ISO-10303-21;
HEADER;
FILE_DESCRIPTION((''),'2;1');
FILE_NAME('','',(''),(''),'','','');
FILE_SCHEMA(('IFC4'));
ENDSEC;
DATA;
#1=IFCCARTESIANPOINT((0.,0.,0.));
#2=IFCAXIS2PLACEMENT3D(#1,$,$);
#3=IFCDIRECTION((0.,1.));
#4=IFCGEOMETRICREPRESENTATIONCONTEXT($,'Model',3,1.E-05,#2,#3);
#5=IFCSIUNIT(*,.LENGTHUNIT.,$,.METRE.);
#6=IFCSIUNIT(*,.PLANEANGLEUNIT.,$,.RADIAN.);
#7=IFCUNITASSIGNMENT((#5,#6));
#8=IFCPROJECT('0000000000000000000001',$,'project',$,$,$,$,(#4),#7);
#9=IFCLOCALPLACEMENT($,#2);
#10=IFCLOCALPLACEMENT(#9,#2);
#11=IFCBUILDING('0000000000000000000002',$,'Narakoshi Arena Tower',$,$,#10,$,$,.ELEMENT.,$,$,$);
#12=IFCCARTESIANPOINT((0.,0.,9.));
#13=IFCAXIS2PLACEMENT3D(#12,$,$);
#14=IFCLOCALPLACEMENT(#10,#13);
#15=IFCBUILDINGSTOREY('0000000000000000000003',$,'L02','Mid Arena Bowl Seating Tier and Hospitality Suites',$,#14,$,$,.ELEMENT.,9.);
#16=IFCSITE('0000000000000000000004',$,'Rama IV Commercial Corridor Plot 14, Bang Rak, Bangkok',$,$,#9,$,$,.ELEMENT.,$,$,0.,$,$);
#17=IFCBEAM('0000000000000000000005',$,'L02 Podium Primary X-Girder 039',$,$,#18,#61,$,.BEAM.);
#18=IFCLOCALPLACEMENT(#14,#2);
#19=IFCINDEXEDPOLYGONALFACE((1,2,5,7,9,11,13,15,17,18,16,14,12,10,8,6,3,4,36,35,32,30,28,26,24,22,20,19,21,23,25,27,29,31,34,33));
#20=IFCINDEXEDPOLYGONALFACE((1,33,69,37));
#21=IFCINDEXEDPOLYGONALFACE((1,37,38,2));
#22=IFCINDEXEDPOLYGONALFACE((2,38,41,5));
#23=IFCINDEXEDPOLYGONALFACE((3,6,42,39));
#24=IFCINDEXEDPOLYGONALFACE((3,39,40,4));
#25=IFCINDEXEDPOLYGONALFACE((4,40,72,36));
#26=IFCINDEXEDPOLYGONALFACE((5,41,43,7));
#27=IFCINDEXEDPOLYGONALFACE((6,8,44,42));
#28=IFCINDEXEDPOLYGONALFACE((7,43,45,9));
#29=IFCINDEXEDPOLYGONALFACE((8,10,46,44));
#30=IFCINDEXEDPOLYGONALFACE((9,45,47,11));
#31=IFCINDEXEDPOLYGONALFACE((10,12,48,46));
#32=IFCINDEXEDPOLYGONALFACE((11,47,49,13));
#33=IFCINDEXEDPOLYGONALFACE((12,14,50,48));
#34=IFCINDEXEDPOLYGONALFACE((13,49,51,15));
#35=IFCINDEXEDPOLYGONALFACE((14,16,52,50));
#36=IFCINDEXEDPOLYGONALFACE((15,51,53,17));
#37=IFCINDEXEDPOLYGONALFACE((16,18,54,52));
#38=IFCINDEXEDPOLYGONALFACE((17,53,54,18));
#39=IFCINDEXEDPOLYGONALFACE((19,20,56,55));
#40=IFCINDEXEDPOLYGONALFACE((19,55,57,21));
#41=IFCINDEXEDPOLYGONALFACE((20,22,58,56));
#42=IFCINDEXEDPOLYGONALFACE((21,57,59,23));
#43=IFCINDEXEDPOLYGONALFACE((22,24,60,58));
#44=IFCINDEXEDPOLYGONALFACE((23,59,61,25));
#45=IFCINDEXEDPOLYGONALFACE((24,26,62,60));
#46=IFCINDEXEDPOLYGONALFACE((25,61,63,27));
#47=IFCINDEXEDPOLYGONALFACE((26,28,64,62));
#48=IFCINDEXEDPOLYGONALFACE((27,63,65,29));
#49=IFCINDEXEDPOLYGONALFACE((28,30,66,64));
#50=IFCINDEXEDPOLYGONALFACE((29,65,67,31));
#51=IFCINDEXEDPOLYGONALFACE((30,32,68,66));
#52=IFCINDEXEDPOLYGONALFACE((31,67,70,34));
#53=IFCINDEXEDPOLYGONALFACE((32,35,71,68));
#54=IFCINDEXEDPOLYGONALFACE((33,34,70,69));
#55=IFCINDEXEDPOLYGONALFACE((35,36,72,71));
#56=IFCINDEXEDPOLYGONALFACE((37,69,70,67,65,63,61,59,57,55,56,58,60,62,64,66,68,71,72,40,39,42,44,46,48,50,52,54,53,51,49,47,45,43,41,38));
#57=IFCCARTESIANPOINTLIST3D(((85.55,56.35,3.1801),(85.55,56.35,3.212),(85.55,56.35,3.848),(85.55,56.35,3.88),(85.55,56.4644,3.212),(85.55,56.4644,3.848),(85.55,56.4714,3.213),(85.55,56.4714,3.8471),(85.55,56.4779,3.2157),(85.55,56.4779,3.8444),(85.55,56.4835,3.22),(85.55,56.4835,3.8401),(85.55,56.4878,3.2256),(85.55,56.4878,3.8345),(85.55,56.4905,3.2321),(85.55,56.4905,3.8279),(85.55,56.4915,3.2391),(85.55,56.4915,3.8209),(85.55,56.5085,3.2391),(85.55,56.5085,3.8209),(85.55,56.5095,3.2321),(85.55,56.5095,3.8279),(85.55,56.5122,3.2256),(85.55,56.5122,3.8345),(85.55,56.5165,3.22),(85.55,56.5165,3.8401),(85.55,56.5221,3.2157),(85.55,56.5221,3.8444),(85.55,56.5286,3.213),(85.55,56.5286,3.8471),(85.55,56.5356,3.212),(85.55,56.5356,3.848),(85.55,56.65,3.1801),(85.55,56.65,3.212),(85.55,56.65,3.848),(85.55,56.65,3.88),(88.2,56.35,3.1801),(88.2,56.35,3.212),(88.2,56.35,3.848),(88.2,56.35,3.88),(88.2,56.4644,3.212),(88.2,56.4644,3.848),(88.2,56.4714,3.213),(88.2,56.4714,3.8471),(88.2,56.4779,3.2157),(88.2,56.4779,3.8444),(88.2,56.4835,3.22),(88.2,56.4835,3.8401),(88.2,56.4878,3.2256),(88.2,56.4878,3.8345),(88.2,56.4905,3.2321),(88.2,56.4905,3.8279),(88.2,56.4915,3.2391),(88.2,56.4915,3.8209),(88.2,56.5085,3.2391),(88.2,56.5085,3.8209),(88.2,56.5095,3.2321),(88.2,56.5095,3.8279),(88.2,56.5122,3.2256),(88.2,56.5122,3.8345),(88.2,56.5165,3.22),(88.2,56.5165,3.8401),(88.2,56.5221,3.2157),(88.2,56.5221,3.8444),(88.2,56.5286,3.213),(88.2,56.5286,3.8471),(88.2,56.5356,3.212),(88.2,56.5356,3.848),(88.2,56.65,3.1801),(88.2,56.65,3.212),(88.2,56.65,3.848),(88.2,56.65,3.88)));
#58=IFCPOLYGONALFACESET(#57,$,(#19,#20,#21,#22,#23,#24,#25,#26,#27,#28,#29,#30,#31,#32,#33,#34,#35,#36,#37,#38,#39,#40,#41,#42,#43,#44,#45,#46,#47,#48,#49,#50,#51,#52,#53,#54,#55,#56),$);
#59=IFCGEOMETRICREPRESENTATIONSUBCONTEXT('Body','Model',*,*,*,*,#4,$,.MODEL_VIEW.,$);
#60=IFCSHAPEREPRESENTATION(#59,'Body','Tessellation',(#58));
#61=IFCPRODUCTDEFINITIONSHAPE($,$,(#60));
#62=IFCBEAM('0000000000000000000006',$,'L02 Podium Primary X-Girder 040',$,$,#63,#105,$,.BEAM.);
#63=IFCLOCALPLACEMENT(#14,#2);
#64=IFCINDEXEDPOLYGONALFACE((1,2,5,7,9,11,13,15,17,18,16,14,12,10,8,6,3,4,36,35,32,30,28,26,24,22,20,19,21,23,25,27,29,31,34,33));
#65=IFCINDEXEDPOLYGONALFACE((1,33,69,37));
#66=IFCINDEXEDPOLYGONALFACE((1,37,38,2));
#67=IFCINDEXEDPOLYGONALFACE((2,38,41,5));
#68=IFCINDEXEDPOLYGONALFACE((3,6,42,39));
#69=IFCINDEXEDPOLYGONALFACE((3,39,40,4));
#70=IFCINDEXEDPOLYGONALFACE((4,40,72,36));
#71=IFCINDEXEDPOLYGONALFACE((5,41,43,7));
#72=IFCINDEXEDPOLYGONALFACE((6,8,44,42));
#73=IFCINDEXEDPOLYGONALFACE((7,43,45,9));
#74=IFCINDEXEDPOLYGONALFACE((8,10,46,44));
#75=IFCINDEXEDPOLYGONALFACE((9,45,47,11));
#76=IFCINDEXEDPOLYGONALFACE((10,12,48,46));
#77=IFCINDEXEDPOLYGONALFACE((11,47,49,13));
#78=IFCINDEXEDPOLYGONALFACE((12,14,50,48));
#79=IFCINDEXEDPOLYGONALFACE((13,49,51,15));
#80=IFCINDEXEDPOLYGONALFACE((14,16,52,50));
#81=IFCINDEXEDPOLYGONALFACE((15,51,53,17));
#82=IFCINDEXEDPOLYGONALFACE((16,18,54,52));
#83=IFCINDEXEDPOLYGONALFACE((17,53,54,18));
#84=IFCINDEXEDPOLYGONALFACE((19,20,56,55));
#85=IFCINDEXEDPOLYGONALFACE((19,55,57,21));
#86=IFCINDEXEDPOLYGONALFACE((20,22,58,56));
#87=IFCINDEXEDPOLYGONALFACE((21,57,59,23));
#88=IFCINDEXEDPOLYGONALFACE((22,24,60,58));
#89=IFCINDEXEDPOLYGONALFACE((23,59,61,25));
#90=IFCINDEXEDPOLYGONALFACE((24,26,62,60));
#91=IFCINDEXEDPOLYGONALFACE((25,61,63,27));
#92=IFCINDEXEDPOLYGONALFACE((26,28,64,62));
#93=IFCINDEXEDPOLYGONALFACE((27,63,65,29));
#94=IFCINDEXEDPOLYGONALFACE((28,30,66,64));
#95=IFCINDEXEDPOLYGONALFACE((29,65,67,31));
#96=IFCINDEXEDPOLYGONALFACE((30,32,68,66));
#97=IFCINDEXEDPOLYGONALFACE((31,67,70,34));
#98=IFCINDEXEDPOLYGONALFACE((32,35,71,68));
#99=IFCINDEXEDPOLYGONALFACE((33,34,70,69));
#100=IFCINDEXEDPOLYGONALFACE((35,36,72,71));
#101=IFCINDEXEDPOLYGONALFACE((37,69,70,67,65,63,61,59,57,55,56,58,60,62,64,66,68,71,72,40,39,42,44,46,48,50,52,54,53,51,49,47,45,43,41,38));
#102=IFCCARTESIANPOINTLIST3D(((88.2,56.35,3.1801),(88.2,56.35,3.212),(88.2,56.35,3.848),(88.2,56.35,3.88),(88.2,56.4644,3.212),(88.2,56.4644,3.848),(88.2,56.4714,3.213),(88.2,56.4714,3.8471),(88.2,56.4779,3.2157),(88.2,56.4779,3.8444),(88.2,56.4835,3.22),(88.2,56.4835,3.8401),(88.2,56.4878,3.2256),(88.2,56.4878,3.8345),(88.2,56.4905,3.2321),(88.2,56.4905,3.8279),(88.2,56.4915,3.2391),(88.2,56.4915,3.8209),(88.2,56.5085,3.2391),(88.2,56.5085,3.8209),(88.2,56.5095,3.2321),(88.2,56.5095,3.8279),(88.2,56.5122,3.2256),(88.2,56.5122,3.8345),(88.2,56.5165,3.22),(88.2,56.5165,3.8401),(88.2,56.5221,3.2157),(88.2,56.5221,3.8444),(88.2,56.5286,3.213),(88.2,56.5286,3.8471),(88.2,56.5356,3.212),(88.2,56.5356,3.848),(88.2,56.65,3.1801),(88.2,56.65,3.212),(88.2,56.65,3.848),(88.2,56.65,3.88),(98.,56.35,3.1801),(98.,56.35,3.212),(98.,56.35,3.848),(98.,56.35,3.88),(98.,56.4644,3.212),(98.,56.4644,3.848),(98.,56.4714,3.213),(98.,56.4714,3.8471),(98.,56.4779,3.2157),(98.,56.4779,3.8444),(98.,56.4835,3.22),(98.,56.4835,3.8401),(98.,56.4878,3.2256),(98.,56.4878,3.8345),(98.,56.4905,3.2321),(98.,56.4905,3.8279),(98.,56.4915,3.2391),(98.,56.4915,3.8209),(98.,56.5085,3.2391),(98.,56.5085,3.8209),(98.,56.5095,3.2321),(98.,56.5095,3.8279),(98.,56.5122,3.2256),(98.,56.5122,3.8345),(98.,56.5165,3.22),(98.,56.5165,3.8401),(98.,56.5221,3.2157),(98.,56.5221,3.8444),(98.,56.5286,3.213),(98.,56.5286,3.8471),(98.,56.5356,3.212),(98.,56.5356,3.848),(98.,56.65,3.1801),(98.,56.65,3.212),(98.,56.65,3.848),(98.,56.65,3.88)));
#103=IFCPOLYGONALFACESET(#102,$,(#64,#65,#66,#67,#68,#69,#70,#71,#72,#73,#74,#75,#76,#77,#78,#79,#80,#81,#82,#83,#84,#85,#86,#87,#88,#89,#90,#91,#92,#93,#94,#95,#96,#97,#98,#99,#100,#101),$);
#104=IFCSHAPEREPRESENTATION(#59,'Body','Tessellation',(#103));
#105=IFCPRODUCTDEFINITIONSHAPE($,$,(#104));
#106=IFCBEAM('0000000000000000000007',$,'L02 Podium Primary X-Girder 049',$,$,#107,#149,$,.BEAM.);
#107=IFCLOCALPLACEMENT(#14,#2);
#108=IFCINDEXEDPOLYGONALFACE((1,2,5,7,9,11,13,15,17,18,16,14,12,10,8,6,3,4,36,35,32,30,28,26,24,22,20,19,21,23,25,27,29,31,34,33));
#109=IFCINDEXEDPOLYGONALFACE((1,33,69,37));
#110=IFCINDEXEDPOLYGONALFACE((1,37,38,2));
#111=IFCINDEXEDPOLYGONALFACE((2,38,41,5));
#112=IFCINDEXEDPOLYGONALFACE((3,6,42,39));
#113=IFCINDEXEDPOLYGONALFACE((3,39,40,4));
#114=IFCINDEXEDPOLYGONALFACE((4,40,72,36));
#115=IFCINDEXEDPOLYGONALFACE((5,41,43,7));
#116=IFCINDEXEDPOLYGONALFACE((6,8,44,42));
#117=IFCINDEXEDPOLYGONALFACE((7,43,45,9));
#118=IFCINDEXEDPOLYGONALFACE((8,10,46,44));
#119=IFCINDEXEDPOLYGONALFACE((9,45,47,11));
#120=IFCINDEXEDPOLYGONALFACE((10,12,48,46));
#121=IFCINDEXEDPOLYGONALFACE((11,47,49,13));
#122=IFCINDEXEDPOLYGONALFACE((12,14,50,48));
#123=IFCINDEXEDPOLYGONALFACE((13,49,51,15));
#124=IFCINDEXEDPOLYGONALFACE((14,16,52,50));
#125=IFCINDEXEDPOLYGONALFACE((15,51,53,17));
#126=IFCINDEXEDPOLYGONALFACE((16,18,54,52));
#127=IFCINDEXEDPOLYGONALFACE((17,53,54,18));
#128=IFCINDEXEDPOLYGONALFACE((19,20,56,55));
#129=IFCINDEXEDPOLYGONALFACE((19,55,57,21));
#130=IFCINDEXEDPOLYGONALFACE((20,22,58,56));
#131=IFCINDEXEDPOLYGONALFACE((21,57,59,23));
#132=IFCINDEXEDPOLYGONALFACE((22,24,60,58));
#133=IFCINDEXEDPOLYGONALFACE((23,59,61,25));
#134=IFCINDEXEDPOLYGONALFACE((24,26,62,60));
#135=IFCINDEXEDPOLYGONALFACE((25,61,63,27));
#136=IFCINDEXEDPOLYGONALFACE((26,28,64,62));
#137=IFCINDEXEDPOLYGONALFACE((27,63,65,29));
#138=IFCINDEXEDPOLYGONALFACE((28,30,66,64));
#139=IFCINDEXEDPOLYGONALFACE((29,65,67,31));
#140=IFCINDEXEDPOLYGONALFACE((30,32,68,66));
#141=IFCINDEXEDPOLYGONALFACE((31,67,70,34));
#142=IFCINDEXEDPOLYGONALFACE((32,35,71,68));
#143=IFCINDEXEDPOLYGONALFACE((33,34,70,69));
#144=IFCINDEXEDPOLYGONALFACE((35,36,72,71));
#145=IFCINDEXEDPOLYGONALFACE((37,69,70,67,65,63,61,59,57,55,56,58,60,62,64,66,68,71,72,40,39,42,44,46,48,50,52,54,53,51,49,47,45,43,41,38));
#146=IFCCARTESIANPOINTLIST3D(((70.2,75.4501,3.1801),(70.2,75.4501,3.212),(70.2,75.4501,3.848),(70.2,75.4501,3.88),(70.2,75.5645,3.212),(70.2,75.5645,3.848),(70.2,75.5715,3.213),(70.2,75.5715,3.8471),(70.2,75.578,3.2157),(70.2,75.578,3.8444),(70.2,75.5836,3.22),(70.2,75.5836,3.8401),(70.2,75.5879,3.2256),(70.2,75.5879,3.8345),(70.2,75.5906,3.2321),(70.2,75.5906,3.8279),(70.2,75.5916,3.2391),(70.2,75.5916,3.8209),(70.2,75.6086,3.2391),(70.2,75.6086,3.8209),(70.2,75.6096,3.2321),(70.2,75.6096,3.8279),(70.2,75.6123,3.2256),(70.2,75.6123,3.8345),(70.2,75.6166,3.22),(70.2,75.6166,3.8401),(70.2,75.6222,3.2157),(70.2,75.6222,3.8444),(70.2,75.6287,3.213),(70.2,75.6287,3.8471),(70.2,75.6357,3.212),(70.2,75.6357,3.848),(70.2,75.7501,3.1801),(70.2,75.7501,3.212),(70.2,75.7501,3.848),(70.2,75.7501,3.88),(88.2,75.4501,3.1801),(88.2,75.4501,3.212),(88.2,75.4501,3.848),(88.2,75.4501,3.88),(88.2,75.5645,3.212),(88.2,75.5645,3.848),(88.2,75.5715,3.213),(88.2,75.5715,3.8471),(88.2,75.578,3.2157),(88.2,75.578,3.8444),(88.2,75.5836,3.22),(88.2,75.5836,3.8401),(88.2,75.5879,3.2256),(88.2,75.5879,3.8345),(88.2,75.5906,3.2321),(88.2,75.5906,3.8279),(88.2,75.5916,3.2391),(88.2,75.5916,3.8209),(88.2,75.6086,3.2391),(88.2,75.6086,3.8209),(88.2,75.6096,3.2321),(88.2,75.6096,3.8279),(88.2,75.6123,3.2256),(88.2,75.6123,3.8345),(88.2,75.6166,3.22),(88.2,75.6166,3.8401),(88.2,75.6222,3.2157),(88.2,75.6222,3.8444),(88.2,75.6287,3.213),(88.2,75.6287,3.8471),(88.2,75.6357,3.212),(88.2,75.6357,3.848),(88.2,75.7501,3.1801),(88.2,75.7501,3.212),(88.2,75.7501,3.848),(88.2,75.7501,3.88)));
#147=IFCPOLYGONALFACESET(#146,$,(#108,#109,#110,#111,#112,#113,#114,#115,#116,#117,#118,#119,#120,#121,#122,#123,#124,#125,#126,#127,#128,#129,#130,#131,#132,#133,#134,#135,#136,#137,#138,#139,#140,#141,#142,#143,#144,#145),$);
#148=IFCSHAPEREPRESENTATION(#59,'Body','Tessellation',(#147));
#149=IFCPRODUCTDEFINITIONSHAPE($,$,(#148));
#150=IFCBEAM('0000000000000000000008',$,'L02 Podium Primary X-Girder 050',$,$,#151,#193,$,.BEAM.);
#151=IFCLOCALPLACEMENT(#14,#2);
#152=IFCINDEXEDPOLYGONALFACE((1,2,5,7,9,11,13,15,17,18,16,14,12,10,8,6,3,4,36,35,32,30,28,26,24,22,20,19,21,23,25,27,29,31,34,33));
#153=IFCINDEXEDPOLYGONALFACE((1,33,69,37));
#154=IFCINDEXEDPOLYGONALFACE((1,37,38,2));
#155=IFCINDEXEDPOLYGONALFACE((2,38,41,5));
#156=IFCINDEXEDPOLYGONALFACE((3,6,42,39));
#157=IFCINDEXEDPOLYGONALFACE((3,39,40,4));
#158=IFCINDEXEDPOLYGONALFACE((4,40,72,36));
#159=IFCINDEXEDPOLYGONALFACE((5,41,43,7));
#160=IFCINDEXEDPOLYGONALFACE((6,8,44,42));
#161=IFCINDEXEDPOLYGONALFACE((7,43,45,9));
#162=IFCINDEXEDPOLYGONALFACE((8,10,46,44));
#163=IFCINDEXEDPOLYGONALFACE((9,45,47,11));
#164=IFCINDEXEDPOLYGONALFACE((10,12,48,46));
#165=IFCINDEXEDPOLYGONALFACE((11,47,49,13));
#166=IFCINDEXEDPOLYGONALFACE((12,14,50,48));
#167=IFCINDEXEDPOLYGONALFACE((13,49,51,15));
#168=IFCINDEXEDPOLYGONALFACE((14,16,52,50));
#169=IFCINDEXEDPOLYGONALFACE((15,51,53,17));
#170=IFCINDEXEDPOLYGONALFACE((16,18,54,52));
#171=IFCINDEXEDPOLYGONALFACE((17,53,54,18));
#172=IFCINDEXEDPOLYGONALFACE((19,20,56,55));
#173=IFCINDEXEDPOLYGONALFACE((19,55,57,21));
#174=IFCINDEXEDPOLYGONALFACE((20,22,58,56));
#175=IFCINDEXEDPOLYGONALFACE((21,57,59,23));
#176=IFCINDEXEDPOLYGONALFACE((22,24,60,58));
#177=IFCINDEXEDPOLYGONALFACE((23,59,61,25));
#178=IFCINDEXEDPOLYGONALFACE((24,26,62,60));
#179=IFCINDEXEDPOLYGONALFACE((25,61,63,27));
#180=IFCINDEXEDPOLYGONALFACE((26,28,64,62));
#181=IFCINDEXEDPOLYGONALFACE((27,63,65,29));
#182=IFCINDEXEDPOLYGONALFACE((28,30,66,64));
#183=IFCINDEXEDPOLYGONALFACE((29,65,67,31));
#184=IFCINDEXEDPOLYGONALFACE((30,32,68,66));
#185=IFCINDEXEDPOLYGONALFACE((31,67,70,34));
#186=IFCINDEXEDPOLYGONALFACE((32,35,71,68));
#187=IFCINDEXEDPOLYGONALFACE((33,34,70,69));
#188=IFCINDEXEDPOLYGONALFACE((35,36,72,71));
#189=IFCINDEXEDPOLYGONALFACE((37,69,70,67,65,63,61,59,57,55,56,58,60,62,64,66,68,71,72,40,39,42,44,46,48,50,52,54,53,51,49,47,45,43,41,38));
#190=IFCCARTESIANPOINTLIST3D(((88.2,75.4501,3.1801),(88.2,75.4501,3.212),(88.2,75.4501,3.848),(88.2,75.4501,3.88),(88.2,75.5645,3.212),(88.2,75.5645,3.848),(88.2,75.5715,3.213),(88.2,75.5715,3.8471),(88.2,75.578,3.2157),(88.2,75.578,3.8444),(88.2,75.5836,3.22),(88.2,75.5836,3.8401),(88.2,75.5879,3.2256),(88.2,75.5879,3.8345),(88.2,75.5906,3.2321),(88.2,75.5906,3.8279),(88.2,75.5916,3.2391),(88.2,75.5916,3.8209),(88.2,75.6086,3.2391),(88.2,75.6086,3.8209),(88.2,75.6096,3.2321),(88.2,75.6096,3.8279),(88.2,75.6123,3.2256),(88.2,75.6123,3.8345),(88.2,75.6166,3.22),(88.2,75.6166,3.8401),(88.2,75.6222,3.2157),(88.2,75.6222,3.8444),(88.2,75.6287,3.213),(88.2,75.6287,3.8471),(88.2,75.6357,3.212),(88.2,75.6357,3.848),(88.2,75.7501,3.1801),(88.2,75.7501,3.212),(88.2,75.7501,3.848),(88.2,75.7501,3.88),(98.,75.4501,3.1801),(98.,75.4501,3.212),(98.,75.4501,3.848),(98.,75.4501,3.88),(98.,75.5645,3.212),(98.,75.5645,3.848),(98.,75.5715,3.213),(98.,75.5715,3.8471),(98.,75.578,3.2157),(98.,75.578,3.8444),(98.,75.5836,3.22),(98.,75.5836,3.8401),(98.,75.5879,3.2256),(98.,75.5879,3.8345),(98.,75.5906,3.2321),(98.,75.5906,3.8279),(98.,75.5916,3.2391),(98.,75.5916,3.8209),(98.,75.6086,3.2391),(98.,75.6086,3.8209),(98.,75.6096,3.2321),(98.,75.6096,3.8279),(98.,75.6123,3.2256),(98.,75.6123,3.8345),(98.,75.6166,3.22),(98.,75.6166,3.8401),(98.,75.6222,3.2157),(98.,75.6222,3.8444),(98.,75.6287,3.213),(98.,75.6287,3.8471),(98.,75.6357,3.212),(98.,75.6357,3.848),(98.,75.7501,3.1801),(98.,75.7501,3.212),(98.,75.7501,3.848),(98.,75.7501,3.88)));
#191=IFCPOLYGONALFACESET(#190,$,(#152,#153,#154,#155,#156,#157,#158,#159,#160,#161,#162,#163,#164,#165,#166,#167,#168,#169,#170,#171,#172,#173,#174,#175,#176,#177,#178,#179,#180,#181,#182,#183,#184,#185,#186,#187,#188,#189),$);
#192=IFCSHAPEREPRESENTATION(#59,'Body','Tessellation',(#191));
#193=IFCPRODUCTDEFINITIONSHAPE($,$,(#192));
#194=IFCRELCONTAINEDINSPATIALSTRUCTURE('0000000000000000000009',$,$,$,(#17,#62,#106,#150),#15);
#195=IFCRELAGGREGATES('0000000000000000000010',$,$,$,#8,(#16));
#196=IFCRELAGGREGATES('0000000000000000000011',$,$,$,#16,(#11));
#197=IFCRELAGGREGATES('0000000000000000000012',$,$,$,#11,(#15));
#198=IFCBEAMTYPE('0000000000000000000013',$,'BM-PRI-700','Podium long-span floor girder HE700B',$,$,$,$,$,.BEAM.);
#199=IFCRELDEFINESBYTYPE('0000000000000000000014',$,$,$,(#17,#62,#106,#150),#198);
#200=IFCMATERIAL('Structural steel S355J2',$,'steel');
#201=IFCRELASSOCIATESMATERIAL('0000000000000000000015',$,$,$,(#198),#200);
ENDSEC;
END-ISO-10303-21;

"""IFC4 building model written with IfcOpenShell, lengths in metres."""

from ifc_helpers import new_model, si_unit, direction, frame, origin, origin_2d, place, context, subcontext, project, spatial, i_section, extrude, material, material_profile, profile_set, type_object, element, save


model = new_model("IFC4")

# Units and contexts
model_context = context("Model", 3, precision=1e-05, world=origin(), true_north=direction((0.0, 1.0)))
body_context = subcontext(model_context, "Body", "Model", "MODEL_VIEW")
ifc_project = project(units=[si_unit("LENGTHUNIT", "METRE"), si_unit("PLANEANGLEUNIT", "RADIAN")], contexts=[model_context])

# Site, building, storey
site_placement = place(None, origin())
site = spatial("IfcSite", under=ifc_project, at=site_placement, Name="Rama IV Commercial Corridor Plot 14, Bang Rak, Bangkok", CompositionType="ELEMENT", RefElevation=0.0)
building_placement = place(site_placement, origin())
building = spatial("IfcBuilding", under=site, at=building_placement, Name="Narakoshi Arena Tower", CompositionType="ELEMENT")
storey_placement = place(building_placement, frame((0.0, 0.0, 9.0)))
storey = spatial("IfcBuildingStorey", under=building, at=storey_placement, Name="L02", Description="Mid Arena Bowl Seating Tier and Hospitality Suites", CompositionType="ELEMENT", Elevation=9.0)

# Beams
ifc_material_1 = material(Name="Structural steel S355J2", Category="steel")
ifc_material_profile_1 = material_profile(ifc_material_1, i_section(OverallWidth=0.3, OverallDepth=0.7, WebThickness=0.0171, FlangeThickness=0.032, FilletRadius=0.0271, at=origin_2d()), Name="HE700B")
ifc_profile_set_1 = profile_set([ifc_material_profile_1], Name="Structural steel S355J2")
beam_type_1 = type_object("IfcBeamType", Name="BM-PRI-700", Description="Podium long-span floor girder HE700B", PredefinedType="BEAM", material=ifc_profile_set_1)
beam_1_placement = place(storey_placement, frame((85.55, 56.5, 3.53), z_axis=(1.0, 0.0, 0.0), x_axis=(0.0, 1.0, 0.0)))
element("IfcBeam", 1, at=beam_1_placement, inside=storey, type_object=beam_type_1, Name="L02 Podium Primary X-Girder 039", PredefinedType="BEAM", context=body_context, shape_type="SweptSolid", body=[
    extrude(i_section(OverallWidth=0.3, OverallDepth=0.7, WebThickness=0.0171, FlangeThickness=0.032, FilletRadius=0.0271, at=origin_2d()), origin(), (0.0, 0.0, 1.0), 2.6499),
])
beam_2_placement = place(storey_placement, frame((88.2, 56.5, 3.53), z_axis=(1.0, 0.0, 0.0), x_axis=(0.0, 1.0, 0.0)))
element("IfcBeam", 2, at=beam_2_placement, inside=storey, type_object=beam_type_1, Name="L02 Podium Primary X-Girder 040", PredefinedType="BEAM", context=body_context, shape_type="SweptSolid", body=[
    extrude(i_section(OverallWidth=0.3, OverallDepth=0.7, WebThickness=0.0171, FlangeThickness=0.032, FilletRadius=0.0271, at=origin_2d()), origin(), (0.0, 0.0, 1.0), 9.8),
])
beam_3_placement = place(storey_placement, frame((70.2, 75.6001, 3.53), z_axis=(1.0, 0.0, 0.0), x_axis=(0.0, 1.0, 0.0)))
element("IfcBeam", 3, at=beam_3_placement, inside=storey, type_object=beam_type_1, Name="L02 Podium Primary X-Girder 049", PredefinedType="BEAM", context=body_context, shape_type="SweptSolid", body=[
    extrude(i_section(OverallWidth=0.3, OverallDepth=0.7, WebThickness=0.0171, FlangeThickness=0.032, FilletRadius=0.0271, at=origin_2d()), origin(), (0.0, 0.0, 1.0), 18.0),
])
beam_4_placement = place(storey_placement, frame((88.2, 75.6001, 3.53), z_axis=(1.0, 0.0, 0.0), x_axis=(0.0, 1.0, 0.0)))
element("IfcBeam", 4, at=beam_4_placement, inside=storey, type_object=beam_type_1, Name="L02 Podium Primary X-Girder 050", PredefinedType="BEAM", context=body_context, shape_type="SweptSolid", body=[
    extrude(i_section(OverallWidth=0.3, OverallDepth=0.7, WebThickness=0.0171, FlangeThickness=0.032, FilletRadius=0.0271, at=origin_2d()), origin(), (0.0, 0.0, 1.0), 9.8),
])

save(model, "model.ifc")
